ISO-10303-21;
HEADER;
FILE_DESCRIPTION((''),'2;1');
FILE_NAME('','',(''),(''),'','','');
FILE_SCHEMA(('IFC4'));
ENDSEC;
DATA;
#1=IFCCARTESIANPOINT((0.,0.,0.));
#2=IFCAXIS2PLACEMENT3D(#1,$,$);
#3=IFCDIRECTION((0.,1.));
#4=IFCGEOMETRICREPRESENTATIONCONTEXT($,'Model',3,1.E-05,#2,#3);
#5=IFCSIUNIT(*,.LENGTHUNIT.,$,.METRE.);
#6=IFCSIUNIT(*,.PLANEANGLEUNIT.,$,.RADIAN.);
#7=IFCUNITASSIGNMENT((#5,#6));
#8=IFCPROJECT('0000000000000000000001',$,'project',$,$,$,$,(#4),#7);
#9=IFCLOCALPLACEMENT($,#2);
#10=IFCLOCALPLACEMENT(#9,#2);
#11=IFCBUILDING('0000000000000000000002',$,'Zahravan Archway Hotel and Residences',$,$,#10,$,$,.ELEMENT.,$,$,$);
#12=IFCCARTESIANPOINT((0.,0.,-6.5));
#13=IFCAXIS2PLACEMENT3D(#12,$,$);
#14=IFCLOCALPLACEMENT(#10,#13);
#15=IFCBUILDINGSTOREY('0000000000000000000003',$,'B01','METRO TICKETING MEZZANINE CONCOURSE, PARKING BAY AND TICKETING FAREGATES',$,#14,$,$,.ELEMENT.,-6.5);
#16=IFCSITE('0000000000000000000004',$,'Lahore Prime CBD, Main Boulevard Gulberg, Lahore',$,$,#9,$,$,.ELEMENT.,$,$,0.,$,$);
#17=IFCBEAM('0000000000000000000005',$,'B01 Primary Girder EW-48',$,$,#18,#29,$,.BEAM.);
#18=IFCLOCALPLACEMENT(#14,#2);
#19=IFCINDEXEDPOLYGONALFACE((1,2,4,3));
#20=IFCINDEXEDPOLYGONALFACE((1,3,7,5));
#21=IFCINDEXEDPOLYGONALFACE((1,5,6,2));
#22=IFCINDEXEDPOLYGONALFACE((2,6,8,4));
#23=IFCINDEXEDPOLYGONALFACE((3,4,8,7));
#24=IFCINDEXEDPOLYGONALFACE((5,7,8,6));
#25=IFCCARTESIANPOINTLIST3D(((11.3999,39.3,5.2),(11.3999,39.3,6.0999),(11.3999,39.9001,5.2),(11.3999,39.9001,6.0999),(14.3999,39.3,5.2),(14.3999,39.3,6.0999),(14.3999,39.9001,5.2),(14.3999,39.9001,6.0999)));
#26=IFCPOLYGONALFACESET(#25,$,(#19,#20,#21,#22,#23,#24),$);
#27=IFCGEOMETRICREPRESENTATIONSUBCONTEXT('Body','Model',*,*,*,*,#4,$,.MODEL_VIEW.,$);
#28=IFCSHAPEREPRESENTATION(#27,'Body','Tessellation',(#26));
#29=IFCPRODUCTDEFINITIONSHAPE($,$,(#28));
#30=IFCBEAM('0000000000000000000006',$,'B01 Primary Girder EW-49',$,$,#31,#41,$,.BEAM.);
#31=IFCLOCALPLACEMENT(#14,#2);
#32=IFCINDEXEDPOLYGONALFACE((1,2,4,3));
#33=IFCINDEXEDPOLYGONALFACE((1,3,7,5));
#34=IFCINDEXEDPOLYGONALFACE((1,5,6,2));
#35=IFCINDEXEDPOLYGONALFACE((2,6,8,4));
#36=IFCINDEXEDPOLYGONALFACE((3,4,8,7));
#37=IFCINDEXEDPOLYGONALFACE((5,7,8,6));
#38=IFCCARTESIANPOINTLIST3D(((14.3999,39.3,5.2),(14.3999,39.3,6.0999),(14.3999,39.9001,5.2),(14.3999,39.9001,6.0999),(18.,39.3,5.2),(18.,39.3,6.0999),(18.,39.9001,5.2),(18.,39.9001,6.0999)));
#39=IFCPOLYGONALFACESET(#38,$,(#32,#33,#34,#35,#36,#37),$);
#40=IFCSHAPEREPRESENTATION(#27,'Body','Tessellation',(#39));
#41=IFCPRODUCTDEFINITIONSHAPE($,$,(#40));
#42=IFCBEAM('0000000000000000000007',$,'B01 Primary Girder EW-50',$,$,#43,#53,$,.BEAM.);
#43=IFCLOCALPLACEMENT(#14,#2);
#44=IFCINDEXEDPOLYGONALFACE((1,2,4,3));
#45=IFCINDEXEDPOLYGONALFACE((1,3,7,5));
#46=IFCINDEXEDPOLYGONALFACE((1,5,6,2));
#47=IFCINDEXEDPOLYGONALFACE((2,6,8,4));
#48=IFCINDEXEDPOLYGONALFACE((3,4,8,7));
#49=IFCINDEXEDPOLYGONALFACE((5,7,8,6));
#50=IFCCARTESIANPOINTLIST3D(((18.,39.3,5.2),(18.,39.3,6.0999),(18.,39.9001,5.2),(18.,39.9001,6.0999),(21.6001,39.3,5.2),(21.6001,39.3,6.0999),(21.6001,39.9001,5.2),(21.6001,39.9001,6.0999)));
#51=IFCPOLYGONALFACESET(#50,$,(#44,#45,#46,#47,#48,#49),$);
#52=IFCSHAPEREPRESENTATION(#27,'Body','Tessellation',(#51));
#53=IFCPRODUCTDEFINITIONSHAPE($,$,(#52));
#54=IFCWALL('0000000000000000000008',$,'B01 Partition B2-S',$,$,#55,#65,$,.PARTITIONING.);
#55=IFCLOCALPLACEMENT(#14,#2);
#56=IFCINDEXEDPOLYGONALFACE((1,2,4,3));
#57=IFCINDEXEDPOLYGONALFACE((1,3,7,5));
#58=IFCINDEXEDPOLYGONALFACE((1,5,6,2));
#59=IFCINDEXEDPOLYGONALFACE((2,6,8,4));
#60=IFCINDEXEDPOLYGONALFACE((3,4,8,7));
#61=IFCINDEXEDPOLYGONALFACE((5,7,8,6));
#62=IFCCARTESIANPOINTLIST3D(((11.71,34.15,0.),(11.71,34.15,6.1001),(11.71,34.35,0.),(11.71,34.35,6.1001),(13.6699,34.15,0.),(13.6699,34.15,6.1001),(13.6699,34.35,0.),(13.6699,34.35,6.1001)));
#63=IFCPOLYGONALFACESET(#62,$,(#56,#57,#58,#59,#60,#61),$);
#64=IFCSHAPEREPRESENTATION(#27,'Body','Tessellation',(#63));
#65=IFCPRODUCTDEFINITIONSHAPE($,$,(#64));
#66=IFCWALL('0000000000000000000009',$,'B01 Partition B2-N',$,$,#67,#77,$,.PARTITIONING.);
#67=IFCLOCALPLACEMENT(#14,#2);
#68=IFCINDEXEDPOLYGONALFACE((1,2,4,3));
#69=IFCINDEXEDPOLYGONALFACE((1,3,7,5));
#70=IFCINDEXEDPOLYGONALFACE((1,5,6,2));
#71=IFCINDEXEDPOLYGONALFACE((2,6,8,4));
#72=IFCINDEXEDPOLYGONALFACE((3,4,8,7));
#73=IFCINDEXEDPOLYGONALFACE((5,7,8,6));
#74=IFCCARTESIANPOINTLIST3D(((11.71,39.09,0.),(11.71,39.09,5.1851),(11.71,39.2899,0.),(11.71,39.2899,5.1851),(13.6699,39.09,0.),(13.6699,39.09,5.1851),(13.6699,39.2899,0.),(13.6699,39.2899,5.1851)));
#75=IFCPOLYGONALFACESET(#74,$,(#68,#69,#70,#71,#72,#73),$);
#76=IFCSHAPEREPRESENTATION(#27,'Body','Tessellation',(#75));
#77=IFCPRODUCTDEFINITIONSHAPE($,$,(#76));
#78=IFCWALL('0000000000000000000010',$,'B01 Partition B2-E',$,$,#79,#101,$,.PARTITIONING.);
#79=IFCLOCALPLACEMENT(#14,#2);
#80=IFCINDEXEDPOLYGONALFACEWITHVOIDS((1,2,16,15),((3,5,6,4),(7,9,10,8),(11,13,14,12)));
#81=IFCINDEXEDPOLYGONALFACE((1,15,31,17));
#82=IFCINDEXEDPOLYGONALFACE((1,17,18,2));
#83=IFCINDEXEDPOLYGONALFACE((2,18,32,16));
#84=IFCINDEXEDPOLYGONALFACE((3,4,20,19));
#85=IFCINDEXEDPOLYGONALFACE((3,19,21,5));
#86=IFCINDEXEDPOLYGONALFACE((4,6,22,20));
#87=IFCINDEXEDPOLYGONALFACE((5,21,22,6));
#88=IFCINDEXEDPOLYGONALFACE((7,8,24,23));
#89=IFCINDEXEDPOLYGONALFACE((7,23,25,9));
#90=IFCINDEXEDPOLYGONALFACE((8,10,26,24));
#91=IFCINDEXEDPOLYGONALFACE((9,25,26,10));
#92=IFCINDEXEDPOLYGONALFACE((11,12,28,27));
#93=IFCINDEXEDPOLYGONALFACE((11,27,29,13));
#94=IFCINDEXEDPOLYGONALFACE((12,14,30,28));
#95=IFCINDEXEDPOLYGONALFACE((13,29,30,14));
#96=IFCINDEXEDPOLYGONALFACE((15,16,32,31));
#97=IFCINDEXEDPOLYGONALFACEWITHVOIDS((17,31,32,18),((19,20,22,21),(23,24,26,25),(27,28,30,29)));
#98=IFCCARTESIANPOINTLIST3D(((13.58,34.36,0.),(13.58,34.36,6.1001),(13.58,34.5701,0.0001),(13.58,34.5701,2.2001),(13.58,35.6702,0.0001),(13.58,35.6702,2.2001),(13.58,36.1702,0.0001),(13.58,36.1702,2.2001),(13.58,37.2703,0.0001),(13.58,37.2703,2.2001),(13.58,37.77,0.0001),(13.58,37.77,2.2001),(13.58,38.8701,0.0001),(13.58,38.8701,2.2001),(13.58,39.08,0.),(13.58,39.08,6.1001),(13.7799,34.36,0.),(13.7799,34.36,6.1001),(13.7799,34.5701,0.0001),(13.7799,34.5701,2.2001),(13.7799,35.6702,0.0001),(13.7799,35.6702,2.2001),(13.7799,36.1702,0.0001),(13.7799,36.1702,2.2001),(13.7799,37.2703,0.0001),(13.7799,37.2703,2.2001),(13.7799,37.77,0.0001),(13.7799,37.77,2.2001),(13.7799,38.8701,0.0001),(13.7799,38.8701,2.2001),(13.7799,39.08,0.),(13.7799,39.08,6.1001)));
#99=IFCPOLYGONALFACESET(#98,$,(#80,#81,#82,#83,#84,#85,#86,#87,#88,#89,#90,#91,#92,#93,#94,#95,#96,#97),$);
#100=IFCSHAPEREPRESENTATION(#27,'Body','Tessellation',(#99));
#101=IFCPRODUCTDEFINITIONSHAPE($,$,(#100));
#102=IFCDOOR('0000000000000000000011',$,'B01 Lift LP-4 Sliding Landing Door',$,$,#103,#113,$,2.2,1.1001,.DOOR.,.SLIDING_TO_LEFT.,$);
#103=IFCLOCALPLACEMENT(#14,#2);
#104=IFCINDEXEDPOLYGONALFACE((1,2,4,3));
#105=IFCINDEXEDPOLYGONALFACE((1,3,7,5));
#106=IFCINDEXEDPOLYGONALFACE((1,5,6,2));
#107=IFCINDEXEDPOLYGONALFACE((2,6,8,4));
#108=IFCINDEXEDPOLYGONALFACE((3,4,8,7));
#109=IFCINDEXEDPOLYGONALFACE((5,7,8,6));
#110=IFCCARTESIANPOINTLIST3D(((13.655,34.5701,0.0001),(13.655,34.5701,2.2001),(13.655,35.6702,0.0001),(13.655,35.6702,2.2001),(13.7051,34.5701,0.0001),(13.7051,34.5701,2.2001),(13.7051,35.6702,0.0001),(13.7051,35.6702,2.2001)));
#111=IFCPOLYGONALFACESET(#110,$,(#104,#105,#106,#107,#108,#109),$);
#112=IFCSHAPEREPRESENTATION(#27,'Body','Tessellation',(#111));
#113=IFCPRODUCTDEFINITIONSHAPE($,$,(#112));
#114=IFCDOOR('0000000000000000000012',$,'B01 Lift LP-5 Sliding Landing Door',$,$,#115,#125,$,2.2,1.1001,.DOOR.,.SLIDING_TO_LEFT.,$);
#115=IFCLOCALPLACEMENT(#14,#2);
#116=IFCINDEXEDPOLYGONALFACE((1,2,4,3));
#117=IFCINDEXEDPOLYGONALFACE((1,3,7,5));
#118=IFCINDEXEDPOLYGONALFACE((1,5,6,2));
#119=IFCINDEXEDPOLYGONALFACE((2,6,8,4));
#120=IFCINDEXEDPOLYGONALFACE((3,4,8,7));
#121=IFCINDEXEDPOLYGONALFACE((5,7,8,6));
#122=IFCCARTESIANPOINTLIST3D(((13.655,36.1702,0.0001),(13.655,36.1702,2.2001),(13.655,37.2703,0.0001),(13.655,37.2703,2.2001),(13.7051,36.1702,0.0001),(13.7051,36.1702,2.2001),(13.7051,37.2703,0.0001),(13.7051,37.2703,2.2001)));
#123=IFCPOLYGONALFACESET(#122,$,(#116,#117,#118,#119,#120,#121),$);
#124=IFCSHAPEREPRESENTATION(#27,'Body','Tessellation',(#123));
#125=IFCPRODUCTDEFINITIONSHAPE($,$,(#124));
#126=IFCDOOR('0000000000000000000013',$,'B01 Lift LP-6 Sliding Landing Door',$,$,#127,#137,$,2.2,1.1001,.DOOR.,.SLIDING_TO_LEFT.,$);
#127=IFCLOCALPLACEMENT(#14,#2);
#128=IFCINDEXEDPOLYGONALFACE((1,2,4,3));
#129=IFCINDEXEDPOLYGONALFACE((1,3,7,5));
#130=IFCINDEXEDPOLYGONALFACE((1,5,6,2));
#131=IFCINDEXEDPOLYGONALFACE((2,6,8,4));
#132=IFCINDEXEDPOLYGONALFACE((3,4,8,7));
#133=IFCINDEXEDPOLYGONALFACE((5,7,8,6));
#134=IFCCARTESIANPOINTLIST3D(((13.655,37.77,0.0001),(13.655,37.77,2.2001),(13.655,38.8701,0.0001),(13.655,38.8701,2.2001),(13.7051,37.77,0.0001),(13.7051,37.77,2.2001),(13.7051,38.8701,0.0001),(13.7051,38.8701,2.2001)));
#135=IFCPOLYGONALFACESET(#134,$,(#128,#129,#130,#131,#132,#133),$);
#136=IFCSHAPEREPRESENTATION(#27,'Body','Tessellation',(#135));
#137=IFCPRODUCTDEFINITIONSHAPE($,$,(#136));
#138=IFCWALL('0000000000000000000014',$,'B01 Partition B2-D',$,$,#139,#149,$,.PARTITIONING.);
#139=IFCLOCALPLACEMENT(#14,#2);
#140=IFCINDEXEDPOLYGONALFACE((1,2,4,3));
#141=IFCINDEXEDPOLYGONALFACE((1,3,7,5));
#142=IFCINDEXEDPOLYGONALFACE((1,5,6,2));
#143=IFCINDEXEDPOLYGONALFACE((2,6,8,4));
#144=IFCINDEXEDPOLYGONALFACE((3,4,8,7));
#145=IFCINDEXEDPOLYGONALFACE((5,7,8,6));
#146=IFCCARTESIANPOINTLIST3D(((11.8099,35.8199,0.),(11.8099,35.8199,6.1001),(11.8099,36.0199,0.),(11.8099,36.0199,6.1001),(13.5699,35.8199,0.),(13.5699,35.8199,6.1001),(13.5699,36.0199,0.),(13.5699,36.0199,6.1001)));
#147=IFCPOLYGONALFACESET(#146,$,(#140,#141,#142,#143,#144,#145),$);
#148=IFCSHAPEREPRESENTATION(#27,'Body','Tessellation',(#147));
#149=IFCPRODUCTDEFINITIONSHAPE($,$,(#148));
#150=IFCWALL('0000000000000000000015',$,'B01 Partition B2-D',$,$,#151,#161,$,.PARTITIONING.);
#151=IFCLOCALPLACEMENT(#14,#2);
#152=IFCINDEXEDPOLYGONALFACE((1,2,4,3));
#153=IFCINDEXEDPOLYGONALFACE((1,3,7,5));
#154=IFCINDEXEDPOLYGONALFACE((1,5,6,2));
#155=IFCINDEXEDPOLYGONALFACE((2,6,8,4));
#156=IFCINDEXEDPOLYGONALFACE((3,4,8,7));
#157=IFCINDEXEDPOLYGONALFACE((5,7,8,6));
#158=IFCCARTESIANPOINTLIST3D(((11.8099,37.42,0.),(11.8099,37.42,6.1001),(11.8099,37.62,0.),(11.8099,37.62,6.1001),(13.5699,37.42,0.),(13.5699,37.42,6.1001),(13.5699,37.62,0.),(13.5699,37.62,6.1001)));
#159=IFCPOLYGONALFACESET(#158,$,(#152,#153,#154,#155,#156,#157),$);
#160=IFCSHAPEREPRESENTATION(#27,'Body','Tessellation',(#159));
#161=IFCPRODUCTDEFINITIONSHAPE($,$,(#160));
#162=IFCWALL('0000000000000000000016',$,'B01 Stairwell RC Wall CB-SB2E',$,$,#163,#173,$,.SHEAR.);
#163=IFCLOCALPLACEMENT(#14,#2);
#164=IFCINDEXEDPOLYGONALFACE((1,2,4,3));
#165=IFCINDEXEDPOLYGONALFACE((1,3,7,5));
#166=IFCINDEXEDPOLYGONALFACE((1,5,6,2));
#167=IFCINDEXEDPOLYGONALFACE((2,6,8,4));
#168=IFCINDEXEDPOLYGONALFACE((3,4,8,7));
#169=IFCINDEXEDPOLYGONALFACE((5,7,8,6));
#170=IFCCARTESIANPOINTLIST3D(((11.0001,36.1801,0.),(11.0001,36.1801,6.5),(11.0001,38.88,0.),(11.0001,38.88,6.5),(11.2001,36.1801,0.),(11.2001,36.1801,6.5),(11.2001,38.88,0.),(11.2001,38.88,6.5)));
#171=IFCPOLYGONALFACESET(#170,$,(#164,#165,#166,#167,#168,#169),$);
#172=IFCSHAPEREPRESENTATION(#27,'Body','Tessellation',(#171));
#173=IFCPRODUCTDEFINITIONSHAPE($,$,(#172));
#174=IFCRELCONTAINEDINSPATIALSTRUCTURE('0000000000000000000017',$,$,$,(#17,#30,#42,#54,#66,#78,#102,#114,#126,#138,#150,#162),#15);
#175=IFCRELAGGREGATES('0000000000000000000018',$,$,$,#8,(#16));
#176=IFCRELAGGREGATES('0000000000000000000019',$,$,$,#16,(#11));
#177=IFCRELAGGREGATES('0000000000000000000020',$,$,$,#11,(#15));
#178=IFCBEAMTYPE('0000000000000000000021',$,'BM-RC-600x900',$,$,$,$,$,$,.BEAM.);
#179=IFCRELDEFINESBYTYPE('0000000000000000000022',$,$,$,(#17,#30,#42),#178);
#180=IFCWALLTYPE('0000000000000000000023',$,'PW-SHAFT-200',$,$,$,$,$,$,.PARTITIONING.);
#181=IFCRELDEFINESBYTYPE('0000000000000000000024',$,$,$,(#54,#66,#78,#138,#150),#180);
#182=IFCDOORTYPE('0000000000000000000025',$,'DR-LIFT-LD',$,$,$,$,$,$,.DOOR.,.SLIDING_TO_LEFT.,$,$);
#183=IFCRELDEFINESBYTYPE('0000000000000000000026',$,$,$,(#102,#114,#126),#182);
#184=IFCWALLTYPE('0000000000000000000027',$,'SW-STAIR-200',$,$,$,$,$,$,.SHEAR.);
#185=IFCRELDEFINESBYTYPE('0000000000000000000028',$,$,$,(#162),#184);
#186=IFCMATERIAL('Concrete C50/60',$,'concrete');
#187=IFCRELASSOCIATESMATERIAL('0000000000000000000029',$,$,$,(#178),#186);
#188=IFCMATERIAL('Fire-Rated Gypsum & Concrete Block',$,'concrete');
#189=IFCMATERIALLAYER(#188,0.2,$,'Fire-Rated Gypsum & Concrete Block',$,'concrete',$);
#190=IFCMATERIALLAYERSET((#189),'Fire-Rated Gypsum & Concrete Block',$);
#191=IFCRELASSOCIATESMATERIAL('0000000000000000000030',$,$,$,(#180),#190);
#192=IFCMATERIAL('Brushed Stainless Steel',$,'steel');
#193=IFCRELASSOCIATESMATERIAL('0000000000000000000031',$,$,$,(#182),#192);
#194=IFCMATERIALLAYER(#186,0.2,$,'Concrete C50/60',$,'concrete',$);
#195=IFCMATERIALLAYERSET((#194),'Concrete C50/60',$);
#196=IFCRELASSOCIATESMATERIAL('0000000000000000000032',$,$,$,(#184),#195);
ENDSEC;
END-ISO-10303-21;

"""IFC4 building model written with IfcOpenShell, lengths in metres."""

from ifc_helpers import new_model, si_unit, direction, frame, frame_2d, origin, origin_2d, place, context, subcontext, project, spatial, rectangle, extrude, source, transform, mapped, material, layer, layer_set, material_profile, profile_set, type_object, type_shapes, element, fill, save


model = new_model("IFC4")

# Units and contexts
model_context = context("Model", 3, precision=1e-05, world=origin(), true_north=direction((0.0, 1.0)))
body_context = subcontext(model_context, "Body", "Model", "MODEL_VIEW")
ifc_project = project(units=[si_unit("LENGTHUNIT", "METRE"), si_unit("PLANEANGLEUNIT", "RADIAN")], contexts=[model_context])

# Site, building, storey
site_placement = place(None, origin())
site = spatial("IfcSite", under=ifc_project, at=site_placement, Name="Lahore Prime CBD, Main Boulevard Gulberg, Lahore", CompositionType="ELEMENT", RefElevation=0.0)
building_placement = place(site_placement, origin())
building = spatial("IfcBuilding", under=site, at=building_placement, Name="Zahravan Archway Hotel and Residences", CompositionType="ELEMENT")
storey_placement = place(building_placement, frame((0.0, 0.0, -6.5)))
storey = spatial("IfcBuildingStorey", under=building, at=storey_placement, Name="B01", Description="METRO TICKETING MEZZANINE CONCOURSE, PARKING BAY AND TICKETING FAREGATES", CompositionType="ELEMENT", Elevation=-6.5)

# Shared definitions
ifc_material_1 = material(Name="Concrete C50/60", Category="concrete")

# Beams
ifc_material_profile_1 = material_profile(ifc_material_1, rectangle(XDim=0.6001, YDim=0.8999, at=origin_2d()), Name="RC-BM-600x900", Category="concrete")
ifc_profile_set_1 = profile_set([ifc_material_profile_1], Name="Concrete C50/60")
beam_type = type_object("IfcBeamType", Name="BM-RC-600x900", PredefinedType="BEAM", material=ifc_profile_set_1)
shared_shape_1 = source(origin(), body_context, "Body", "SweptSolid", [
    extrude(rectangle(XDim=0.6001, YDim=0.8999, at=origin_2d()), origin(), (0.0, 0.0, 1.0), 3.0),
])
beam_1_placement = place(storey_placement, frame((11.3999, 39.6001, 5.6499), z_axis=(1.0, 0.0, 0.0), x_axis=(0.0, 1.0, 0.0)))
element("IfcBeam", 1, at=beam_1_placement, inside=storey, type_object=beam_type, Name="B01 Primary Girder EW-48", PredefinedType="BEAM", context=body_context, shape_type="MappedRepresentation", body=[
    mapped(shared_shape_1, transform((0.0, 0.0, 0.0), scale=1.0)),
])
shared_shape_2 = source(origin(), body_context, "Body", "SweptSolid", [
    extrude(rectangle(XDim=0.6001, YDim=0.8999, at=origin_2d()), origin(), (0.0, 0.0, 1.0), 3.6001),
])
for number, where, z_axis, x_axis, name in (
    (2, (14.3999, 39.6001, 5.6499), (1.0, 0.0, 0.0), (0.0, 1.0, 0.0), "B01 Primary Girder EW-49"),
    (3, (18.0, 39.6001, 5.6499), (1.0, 0.0, 0.0), (0.0, 1.0, 0.0), "B01 Primary Girder EW-50"),
):
    element("IfcBeam", number, at=place(storey_placement, frame(where, z_axis=z_axis, x_axis=x_axis)), inside=storey, type_object=beam_type, Name=name, PredefinedType="BEAM", context=body_context, shape_type="MappedRepresentation", body=[
        mapped(shared_shape_2, transform((0.0, 0.0, 0.0), scale=1.0)),
    ])

# Walls
ifc_material_2 = material(Name="Fire-Rated Gypsum & Concrete Block", Category="concrete")
ifc_layer_1 = layer(ifc_material_2, 0.2, Name="Fire-Rated Gypsum & Concrete Block", Category="concrete")
ifc_layer_set_1 = layer_set([ifc_layer_1], Name="Fire-Rated Gypsum & Concrete Block")
wall_type_1 = type_object("IfcWallType", Name="PW-SHAFT-200", PredefinedType="PARTITIONING", material=ifc_layer_set_1)
wall_1_placement = place(storey_placement, frame((11.71, 34.25, 0.0), z_axis=(0.0, 0.0, 1.0), x_axis=(1.0, 0.0, 0.0)))
element("IfcWall", 4, at=wall_1_placement, inside=storey, type_object=wall_type_1, Name="B01 Partition B2-S", PredefinedType="PARTITIONING", context=body_context, shape_type="SweptSolid", body=[
    extrude(rectangle(XDim=1.96, YDim=0.2, at=frame_2d((0.98, 0.0))), origin(), (0.0, 0.0, 1.0), 6.1001),
])
wall_2_placement = place(storey_placement, frame((11.71, 39.1899, 0.0), z_axis=(0.0, 0.0, 1.0), x_axis=(1.0, 0.0, 0.0)))
element("IfcWall", 5, at=wall_2_placement, inside=storey, type_object=wall_type_1, Name="B01 Partition B2-N", PredefinedType="PARTITIONING", context=body_context, shape_type="SweptSolid", body=[
    extrude(rectangle(XDim=1.96, YDim=0.2, at=frame_2d((0.98, 0.0))), origin(), (0.0, 0.0, 1.0), 5.1851),
])

# Wall, openings, doors
wall_3_placement = place(storey_placement, frame((13.6799, 34.3601, 0.0), z_axis=(0.0, 0.0, 1.0), x_axis=(0.0, 1.0, 0.0)))
wall_3 = element("IfcWall", 6, at=wall_3_placement, inside=storey, type_object=wall_type_1, Name="B01 Partition B2-E", PredefinedType="PARTITIONING", context=body_context, shape_type="SweptSolid", body=[
    extrude(rectangle(XDim=4.72, YDim=0.2, at=frame_2d((2.3599, 0.0))), origin(), (0.0, 0.0, 1.0), 6.1001),
])
opening_1_placement = place(wall_3_placement, frame((0.21, 0.0, 0.0)))
opening_1 = element("IfcOpeningElement", 7, at=opening_1_placement, cuts=wall_3, PredefinedType="OPENING", context=body_context, shape_type="SweptSolid", body=[
    extrude(rectangle(XDim=1.1001, YDim=2.2, at=frame_2d((0.55, 1.1001))), frame((0.0, 0.1099, 0.0), z_axis=(0.0, -1.0, 0.0), x_axis=(1.0, 0.0, 0.0)), (0.0, 0.0, 1.0), 0.22),
])
opening_2_placement = place(wall_3_placement, frame((1.8101, 0.0, 0.0)))
opening_2 = element("IfcOpeningElement", 8, at=opening_2_placement, cuts=wall_3, PredefinedType="OPENING", context=body_context, shape_type="SweptSolid", body=[
    extrude(rectangle(XDim=1.1001, YDim=2.2, at=frame_2d((0.55, 1.1001))), frame((0.0, 0.1099, 0.0), z_axis=(0.0, -1.0, 0.0), x_axis=(1.0, 0.0, 0.0)), (0.0, 0.0, 1.0), 0.22),
])
opening_3_placement = place(wall_3_placement, frame((3.4099, 0.0, 0.0)))
opening_3 = element("IfcOpeningElement", 9, at=opening_3_placement, cuts=wall_3, PredefinedType="OPENING", context=body_context, shape_type="SweptSolid", body=[
    extrude(rectangle(XDim=1.1001, YDim=2.2, at=frame_2d((0.55, 1.1001))), frame((0.0, 0.1099, 0.0), z_axis=(0.0, -1.0, 0.0), x_axis=(1.0, 0.0, 0.0)), (0.0, 0.0, 1.0), 0.22),
])
ifc_material_3 = material(Name="Brushed Stainless Steel", Category="steel")
door_type = type_object("IfcDoorType", Name="DR-LIFT-LD", OperationType="SLIDING_TO_LEFT", PredefinedType="DOOR", material=ifc_material_3)
shared_shape_3 = source(origin(), body_context, "Body", "SweptSolid", [
    extrude(rectangle(XDim=1.1001, YDim=2.2, at=frame_2d((0.55, 1.1001))), frame((0.0, 0.0249, 0.0), z_axis=(0.0, -1.0, 0.0), x_axis=(1.0, 0.0, 0.0)), (0.0, 0.0, 1.0), 0.05),
])
type_shapes(door_type, [shared_shape_3])
door_1_placement = place(opening_1_placement, origin())
door_1 = element("IfcDoor", 10, at=door_1_placement, inside=storey, type_object=door_type, Name="B01 Lift LP-4 Sliding Landing Door", OperationType="SLIDING_TO_LEFT", OverallHeight=2.2, OverallWidth=1.1001, PredefinedType="DOOR", context=body_context, shape_type="MappedRepresentation", body=[
    mapped(shared_shape_3, transform((0.0, 0.0, 0.0), scale=1.0)),
])
fill(opening_1, door_1)
door_2_placement = place(opening_2_placement, origin())
door_2 = element("IfcDoor", 11, at=door_2_placement, inside=storey, type_object=door_type, Name="B01 Lift LP-5 Sliding Landing Door", OperationType="SLIDING_TO_LEFT", OverallHeight=2.2, OverallWidth=1.1001, PredefinedType="DOOR", context=body_context, shape_type="MappedRepresentation", body=[
    mapped(shared_shape_3, transform((0.0, 0.0, 0.0), scale=1.0)),
])
fill(opening_2, door_2)
door_3_placement = place(opening_3_placement, origin())
door_3 = element("IfcDoor", 12, at=door_3_placement, inside=storey, type_object=door_type, Name="B01 Lift LP-6 Sliding Landing Door", OperationType="SLIDING_TO_LEFT", OverallHeight=2.2, OverallWidth=1.1001, PredefinedType="DOOR", context=body_context, shape_type="MappedRepresentation", body=[
    mapped(shared_shape_3, transform((0.0, 0.0, 0.0), scale=1.0)),
])
fill(opening_3, door_3)

# Walls
for number, where, z_axis, x_axis, name in (
    (13, (11.8101, 35.9199, 0.0), (0.0, 0.0, 1.0), (1.0, 0.0, 0.0), "B01 Partition B2-D"),
    (14, (11.8101, 37.52, 0.0), (0.0, 0.0, 1.0), (1.0, 0.0, 0.0), "B01 Partition B2-D"),
):
    element("IfcWall", number, at=place(storey_placement, frame(where, z_axis=z_axis, x_axis=x_axis)), inside=storey, type_object=wall_type_1, Name=name, PredefinedType="PARTITIONING", context=body_context, shape_type="SweptSolid", body=[
        extrude(rectangle(XDim=1.76, YDim=0.2, at=frame_2d((0.8799, 0.0))), origin(), (0.0, 0.0, 1.0), 6.1001),
    ])
ifc_layer_2 = layer(ifc_material_1, 0.2, Name="Concrete C50/60", Category="concrete")
ifc_layer_set_2 = layer_set([ifc_layer_2], Name="Concrete C50/60")
wall_type_2 = type_object("IfcWallType", Name="SW-STAIR-200", PredefinedType="SHEAR", material=ifc_layer_set_2)
wall_4_placement = place(storey_placement, frame((11.1001, 36.1799, 0.0), z_axis=(0.0, 0.0, 1.0), x_axis=(0.0, 1.0, 0.0)))
element("IfcWall", 15, at=wall_4_placement, inside=storey, type_object=wall_type_2, Name="B01 Stairwell RC Wall CB-SB2E", PredefinedType="SHEAR", context=body_context, shape_type="SweptSolid", body=[
    extrude(rectangle(XDim=2.7, YDim=0.2, at=frame_2d((1.3501, 0.0))), origin(), (0.0, 0.0, 1.0), 6.5),
])

save(model, "model.ifc")
